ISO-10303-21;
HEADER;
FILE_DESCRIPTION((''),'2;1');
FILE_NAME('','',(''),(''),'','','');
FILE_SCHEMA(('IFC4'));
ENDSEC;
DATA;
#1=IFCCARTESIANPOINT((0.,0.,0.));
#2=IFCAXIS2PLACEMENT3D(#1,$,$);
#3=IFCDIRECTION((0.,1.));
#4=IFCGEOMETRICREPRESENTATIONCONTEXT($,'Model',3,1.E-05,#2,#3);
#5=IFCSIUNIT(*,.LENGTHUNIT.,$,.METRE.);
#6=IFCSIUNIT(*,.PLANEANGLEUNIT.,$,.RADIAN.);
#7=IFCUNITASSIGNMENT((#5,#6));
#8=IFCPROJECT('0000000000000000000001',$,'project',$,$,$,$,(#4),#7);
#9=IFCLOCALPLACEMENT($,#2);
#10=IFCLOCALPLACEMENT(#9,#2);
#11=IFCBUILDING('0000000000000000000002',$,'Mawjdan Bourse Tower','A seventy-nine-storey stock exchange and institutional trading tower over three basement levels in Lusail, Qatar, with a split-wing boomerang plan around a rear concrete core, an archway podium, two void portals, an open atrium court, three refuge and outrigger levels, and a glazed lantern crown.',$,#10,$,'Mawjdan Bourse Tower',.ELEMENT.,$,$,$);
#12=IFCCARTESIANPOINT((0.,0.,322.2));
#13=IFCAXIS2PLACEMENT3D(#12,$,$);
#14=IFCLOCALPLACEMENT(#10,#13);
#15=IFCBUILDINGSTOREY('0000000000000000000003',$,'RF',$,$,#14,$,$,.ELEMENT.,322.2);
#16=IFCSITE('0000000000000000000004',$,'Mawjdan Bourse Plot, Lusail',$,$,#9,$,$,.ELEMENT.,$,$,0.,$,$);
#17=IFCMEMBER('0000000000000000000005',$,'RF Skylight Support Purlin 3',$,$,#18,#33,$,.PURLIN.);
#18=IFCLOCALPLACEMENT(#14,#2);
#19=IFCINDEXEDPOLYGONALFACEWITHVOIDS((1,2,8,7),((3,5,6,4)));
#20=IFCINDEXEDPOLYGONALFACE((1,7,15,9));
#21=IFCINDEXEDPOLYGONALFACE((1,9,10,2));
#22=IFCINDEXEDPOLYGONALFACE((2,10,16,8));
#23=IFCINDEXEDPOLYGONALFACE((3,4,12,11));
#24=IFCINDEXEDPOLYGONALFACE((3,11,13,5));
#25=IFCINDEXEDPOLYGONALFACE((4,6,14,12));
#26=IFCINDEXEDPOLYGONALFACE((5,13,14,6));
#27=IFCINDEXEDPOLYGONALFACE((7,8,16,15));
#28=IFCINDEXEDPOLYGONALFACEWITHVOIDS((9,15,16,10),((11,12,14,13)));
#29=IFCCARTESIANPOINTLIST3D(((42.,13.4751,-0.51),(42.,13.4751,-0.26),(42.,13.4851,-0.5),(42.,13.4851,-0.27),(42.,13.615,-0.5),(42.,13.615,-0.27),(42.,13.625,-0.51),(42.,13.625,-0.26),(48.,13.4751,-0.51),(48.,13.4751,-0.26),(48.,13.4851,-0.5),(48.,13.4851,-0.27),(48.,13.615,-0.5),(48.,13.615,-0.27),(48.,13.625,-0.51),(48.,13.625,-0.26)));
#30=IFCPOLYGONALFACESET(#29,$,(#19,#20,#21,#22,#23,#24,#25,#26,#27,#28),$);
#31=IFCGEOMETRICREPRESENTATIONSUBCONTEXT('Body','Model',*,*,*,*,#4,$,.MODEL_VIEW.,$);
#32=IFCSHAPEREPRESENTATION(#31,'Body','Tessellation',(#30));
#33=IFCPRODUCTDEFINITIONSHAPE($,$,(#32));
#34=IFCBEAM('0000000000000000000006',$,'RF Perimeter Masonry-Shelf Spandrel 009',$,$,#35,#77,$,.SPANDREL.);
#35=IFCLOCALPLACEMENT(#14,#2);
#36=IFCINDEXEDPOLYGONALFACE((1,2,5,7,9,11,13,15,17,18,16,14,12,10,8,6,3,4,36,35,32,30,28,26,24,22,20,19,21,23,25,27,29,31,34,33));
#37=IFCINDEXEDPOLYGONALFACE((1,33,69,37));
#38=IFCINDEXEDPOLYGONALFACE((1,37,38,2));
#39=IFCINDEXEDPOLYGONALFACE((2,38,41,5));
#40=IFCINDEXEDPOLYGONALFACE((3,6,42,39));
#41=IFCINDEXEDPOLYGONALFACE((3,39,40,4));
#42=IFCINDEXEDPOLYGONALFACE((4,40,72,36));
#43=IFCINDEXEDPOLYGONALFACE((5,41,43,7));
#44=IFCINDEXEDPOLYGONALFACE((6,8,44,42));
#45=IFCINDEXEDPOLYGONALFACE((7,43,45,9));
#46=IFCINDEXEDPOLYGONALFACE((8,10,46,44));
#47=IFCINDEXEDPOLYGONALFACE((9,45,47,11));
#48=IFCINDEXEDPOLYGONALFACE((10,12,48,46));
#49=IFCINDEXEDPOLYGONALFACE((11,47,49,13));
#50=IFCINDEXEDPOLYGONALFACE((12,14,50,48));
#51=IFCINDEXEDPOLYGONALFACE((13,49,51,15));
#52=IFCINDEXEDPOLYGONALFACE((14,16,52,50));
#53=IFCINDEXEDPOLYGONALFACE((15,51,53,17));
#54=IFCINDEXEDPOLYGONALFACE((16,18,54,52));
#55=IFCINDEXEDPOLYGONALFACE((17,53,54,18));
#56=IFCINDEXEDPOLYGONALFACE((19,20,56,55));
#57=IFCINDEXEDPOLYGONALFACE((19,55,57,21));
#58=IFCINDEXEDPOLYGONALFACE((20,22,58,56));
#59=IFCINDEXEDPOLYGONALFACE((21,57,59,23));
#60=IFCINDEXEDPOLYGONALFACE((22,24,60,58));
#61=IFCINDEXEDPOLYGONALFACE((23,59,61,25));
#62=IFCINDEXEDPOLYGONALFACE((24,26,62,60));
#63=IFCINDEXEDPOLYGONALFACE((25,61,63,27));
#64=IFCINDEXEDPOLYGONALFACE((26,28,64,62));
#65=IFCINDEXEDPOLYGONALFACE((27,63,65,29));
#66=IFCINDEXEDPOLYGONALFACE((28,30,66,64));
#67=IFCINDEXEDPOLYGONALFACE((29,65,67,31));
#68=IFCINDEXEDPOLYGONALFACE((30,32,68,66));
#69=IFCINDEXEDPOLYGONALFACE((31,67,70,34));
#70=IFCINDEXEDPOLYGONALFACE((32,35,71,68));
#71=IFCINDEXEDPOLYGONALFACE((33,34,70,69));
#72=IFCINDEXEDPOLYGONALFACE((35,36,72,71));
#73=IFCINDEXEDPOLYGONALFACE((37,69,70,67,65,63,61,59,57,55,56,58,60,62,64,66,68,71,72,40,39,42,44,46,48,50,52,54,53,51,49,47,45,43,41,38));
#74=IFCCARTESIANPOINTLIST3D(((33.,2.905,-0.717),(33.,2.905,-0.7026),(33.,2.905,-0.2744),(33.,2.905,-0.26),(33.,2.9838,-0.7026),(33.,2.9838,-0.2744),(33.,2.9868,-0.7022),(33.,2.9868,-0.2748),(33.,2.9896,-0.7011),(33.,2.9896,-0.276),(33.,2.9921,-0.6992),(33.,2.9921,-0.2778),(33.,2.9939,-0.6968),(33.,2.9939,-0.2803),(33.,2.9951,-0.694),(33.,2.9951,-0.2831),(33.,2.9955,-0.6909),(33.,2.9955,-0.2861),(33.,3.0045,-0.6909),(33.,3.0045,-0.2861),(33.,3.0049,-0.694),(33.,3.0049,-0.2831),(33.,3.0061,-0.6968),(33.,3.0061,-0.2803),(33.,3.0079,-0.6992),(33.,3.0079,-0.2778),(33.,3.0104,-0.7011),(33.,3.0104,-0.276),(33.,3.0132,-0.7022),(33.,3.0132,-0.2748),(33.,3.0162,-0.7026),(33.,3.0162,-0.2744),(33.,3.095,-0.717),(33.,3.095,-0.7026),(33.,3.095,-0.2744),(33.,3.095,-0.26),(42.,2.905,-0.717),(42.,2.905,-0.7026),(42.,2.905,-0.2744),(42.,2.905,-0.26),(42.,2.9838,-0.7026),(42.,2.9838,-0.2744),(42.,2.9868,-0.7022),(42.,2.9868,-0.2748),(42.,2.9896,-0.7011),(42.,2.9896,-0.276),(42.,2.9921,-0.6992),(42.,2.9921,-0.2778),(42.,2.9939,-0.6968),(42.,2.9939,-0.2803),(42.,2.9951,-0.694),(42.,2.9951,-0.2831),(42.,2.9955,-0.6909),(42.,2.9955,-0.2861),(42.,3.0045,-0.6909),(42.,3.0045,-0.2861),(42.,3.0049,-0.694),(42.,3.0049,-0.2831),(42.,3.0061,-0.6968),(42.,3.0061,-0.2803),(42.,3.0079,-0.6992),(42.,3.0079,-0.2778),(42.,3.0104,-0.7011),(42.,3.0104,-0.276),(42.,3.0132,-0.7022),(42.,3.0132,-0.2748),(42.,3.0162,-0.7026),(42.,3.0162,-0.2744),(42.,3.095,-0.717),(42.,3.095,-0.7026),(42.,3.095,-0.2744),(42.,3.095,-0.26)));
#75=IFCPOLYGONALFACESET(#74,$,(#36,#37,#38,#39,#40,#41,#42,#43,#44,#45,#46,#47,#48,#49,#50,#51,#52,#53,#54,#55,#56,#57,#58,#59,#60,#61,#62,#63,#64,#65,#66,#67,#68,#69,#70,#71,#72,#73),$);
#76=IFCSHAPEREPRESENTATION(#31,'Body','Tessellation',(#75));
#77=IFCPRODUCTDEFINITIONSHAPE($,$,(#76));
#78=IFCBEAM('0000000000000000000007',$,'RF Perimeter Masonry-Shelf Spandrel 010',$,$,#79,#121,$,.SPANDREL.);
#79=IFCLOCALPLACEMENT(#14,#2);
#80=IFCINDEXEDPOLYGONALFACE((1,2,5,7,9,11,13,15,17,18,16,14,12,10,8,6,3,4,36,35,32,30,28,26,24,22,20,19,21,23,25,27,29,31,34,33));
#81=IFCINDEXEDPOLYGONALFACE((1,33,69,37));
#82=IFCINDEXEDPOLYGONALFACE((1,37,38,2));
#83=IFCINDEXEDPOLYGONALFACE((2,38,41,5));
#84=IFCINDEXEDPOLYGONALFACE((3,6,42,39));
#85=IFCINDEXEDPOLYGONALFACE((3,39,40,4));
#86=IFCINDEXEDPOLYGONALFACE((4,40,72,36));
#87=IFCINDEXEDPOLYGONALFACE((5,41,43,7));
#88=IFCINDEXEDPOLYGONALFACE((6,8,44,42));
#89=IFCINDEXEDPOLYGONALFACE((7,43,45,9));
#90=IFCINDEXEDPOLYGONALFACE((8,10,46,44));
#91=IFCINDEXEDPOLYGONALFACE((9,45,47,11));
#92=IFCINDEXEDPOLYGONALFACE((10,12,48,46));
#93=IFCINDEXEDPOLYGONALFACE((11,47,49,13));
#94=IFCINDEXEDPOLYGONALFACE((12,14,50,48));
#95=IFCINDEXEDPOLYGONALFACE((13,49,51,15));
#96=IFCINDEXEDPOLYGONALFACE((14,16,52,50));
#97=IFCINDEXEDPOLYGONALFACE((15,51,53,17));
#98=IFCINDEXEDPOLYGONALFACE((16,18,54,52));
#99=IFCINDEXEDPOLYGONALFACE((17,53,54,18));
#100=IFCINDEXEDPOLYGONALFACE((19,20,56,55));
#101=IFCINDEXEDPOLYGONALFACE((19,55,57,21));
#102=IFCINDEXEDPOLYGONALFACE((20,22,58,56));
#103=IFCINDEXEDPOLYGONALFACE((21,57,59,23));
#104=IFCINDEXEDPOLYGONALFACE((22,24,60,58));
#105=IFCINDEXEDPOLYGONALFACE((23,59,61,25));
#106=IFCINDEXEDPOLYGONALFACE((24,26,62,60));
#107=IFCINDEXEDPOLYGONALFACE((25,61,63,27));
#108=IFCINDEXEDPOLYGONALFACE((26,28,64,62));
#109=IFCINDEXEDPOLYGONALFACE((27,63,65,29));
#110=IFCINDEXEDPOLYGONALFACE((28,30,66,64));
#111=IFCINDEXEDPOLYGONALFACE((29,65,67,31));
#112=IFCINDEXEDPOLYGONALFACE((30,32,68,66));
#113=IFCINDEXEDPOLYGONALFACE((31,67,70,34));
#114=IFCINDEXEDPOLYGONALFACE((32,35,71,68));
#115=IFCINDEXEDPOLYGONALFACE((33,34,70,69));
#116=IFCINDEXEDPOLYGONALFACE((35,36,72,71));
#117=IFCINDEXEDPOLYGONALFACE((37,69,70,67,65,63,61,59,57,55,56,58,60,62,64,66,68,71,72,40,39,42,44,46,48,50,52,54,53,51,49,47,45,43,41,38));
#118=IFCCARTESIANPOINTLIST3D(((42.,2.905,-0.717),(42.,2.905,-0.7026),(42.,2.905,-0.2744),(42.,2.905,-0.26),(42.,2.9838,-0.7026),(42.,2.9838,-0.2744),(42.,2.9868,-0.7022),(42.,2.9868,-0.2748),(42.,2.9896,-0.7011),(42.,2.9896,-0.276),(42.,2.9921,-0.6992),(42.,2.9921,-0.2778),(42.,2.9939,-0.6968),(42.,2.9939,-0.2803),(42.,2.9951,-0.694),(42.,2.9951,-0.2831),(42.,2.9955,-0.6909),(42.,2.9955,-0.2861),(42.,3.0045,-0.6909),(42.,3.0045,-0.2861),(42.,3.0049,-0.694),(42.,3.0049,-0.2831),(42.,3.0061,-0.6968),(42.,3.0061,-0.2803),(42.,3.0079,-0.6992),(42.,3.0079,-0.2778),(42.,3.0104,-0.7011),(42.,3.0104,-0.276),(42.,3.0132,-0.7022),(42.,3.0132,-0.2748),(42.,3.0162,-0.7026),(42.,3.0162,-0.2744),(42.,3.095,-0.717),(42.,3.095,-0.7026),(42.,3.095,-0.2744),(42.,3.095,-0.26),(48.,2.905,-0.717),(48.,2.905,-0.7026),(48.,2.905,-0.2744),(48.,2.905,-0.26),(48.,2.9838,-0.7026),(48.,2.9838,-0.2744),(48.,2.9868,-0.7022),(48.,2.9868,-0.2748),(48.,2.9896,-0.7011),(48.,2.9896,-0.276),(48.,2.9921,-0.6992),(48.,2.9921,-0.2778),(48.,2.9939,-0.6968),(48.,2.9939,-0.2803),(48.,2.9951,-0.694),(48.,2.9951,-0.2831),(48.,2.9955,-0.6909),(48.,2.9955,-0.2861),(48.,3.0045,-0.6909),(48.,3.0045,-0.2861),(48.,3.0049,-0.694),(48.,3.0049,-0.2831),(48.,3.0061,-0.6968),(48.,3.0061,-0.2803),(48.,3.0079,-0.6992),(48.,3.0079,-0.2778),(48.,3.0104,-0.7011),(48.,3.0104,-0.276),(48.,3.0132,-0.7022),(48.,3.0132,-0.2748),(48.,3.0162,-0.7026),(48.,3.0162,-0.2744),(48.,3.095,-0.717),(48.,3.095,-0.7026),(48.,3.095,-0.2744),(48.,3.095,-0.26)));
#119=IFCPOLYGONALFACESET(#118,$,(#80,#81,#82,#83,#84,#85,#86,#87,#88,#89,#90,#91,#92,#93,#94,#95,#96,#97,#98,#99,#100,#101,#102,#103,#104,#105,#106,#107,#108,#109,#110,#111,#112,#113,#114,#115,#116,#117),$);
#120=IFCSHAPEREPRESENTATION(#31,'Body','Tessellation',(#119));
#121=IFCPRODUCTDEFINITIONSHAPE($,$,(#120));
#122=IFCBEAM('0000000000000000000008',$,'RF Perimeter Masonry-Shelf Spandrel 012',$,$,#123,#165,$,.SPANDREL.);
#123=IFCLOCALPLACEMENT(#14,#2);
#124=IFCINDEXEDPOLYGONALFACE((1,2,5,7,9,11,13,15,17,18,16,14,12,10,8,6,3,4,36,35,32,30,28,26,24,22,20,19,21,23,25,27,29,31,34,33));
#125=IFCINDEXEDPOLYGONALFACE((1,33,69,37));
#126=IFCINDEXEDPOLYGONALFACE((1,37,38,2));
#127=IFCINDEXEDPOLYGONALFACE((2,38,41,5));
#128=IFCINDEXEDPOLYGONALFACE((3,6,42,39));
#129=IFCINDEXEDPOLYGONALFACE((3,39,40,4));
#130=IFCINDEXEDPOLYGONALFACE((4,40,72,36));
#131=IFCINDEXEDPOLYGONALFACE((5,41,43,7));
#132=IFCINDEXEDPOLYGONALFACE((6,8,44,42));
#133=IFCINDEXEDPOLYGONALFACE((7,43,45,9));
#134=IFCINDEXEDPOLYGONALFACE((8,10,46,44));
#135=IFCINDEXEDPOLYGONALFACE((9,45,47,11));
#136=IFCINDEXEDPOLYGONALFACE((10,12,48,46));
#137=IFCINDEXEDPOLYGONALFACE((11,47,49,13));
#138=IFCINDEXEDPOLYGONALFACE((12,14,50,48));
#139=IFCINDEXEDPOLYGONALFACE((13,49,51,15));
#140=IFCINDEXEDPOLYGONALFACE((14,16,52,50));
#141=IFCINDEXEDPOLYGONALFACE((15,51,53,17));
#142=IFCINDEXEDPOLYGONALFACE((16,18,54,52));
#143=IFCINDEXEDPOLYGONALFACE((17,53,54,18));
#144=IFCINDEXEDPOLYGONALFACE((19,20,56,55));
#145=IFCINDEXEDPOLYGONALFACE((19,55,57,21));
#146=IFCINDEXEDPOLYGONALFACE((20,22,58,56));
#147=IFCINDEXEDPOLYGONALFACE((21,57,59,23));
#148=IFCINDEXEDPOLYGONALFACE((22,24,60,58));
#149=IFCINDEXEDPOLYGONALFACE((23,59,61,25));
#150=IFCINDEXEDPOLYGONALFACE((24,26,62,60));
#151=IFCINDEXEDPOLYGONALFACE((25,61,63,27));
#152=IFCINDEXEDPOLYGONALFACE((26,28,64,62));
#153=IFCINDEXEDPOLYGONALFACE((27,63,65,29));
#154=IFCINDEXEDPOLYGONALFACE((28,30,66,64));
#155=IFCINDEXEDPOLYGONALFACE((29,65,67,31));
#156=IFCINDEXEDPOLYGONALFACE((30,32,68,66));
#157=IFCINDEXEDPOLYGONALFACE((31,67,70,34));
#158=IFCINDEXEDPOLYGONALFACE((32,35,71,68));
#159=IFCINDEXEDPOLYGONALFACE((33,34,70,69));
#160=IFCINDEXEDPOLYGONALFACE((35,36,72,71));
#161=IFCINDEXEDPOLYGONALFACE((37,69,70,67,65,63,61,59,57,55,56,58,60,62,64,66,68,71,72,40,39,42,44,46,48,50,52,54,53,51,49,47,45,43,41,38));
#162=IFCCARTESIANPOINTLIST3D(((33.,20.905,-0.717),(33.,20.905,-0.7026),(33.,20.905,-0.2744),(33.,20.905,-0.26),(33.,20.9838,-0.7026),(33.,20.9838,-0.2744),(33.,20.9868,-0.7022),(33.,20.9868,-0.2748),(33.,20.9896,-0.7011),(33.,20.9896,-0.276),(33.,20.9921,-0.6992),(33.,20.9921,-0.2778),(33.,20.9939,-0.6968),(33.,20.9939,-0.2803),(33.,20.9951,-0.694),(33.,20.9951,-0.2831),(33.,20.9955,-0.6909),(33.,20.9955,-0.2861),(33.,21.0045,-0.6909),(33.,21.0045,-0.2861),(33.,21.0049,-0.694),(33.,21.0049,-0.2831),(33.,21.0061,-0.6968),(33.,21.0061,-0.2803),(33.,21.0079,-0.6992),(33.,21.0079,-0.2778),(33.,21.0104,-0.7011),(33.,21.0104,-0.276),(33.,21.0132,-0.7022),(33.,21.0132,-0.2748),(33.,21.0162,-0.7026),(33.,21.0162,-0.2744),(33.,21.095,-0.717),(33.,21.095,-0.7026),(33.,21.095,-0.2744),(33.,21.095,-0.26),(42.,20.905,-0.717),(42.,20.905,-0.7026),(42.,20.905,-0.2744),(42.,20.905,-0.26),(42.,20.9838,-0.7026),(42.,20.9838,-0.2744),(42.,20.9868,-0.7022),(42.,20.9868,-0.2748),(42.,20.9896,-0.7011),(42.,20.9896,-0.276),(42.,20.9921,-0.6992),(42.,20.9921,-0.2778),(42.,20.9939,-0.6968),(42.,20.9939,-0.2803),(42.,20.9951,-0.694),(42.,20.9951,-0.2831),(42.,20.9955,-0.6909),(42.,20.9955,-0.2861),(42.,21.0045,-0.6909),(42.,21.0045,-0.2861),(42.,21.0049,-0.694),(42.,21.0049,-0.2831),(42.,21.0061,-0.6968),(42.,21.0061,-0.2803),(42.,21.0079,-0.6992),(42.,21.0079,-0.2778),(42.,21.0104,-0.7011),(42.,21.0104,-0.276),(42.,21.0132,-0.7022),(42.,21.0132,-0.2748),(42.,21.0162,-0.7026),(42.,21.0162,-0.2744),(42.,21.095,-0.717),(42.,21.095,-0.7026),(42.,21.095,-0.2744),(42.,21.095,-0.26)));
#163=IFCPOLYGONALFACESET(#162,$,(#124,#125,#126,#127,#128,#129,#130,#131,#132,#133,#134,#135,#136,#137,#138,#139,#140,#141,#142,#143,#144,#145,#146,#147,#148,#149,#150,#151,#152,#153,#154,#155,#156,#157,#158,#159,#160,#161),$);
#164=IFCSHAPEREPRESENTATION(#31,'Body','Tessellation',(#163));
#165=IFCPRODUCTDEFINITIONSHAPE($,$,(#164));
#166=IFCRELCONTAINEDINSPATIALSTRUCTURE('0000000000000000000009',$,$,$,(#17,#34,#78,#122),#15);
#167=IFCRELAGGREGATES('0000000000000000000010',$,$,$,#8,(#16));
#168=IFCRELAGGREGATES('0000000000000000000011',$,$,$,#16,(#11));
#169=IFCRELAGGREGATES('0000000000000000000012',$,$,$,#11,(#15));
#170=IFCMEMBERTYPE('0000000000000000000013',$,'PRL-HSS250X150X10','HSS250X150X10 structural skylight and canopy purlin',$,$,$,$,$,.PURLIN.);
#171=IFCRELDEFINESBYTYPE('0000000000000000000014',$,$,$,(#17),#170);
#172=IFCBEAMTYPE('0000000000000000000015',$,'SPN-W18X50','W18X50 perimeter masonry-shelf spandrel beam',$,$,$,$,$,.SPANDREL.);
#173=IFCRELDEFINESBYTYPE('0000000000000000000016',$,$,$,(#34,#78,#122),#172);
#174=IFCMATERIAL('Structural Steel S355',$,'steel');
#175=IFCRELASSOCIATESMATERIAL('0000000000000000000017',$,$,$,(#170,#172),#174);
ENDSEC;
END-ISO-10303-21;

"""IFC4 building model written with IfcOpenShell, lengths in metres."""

from ifc_helpers import new_model, si_unit, direction, frame, origin, origin_2d, place, context, subcontext, project, spatial, hollow_rectangle, i_section, extrude, material, material_profile, profile_set, type_object, element, save


model = new_model("IFC4")

# Units and contexts
model_context = context("Model", 3, precision=1e-05, world=origin(), true_north=direction((0.0, 1.0)))
body_context = subcontext(model_context, "Body", "Model", "MODEL_VIEW")
ifc_project = project(units=[si_unit("LENGTHUNIT", "METRE"), si_unit("PLANEANGLEUNIT", "RADIAN")], contexts=[model_context])

# Site, building, storey
site_placement = place(None, origin())
site = spatial("IfcSite", under=ifc_project, at=site_placement, Name="Mawjdan Bourse Plot, Lusail", CompositionType="ELEMENT", RefElevation=0.0)
building_placement = place(site_placement, origin())
building = spatial("IfcBuilding", under=site, at=building_placement, Name="Mawjdan Bourse Tower", Description="A seventy-nine-storey stock exchange and institutional trading tower over three basement levels in Lusail, Qatar, with a split-wing boomerang plan around a rear concrete core, an archway podium, two void portals, an open atrium court, three refuge and outrigger levels, and a glazed lantern crown.", LongName="Mawjdan Bourse Tower", CompositionType="ELEMENT")
storey_placement = place(building_placement, frame((0.0, 0.0, 322.2)))
storey = spatial("IfcBuildingStorey", under=building, at=storey_placement, Name="RF", CompositionType="ELEMENT", Elevation=322.2)

# Shared definitions
ifc_material_1 = material(Name="Structural Steel S355", Category="steel")

# Member
ifc_material_profile_1 = material_profile(ifc_material_1, hollow_rectangle(XDim=0.1499, YDim=0.25, WallThickness=0.01, at=origin_2d()), Name="HSS250X150X10")
ifc_profile_set_1 = profile_set([ifc_material_profile_1], Name="Structural Steel S355")
member_type_1 = type_object("IfcMemberType", Name="PRL-HSS250X150X10", Description="HSS250X150X10 structural skylight and canopy purlin", PredefinedType="PURLIN", material=ifc_profile_set_1)
member_1_placement = place(storey_placement, frame((42.0, 13.55, -0.385), z_axis=(1.0, 0.0, 0.0), x_axis=(0.0, 1.0, 0.0)))
element("IfcMember", 1, at=member_1_placement, inside=storey, type_object=member_type_1, Name="RF Skylight Support Purlin 3", PredefinedType="PURLIN", context=body_context, shape_type="SweptSolid", body=[
    extrude(hollow_rectangle(XDim=0.1499, YDim=0.25, WallThickness=0.01, at=origin_2d()), origin(), (0.0, 0.0, 1.0), 6.0),
])

# Beams
ifc_material_profile_2 = material_profile(ifc_material_1, i_section(OverallWidth=0.1899, OverallDepth=0.457, WebThickness=0.009, FlangeThickness=0.0144, FilletRadius=0.0117, at=origin_2d()), Name="W18X50")
ifc_profile_set_2 = profile_set([ifc_material_profile_2], Name="Structural Steel S355")
beam_type_1 = type_object("IfcBeamType", Name="SPN-W18X50", Description="W18X50 perimeter masonry-shelf spandrel beam", PredefinedType="SPANDREL", material=ifc_profile_set_2)
beam_1_placement = place(storey_placement, frame((33.0, 3.0, -0.4885), z_axis=(1.0, 0.0, 0.0), x_axis=(0.0, 1.0, 0.0)))
element("IfcBeam", 2, at=beam_1_placement, inside=storey, type_object=beam_type_1, Name="RF Perimeter Masonry-Shelf Spandrel 009", PredefinedType="SPANDREL", context=body_context, shape_type="SweptSolid", body=[
    extrude(i_section(OverallWidth=0.1899, OverallDepth=0.457, WebThickness=0.009, FlangeThickness=0.0144, FilletRadius=0.0117, at=origin_2d()), origin(), (0.0, 0.0, 1.0), 9.0),
])
beam_2_placement = place(storey_placement, frame((42.0, 3.0, -0.4885), z_axis=(1.0, 0.0, 0.0), x_axis=(0.0, 1.0, 0.0)))
element("IfcBeam", 3, at=beam_2_placement, inside=storey, type_object=beam_type_1, Name="RF Perimeter Masonry-Shelf Spandrel 010", PredefinedType="SPANDREL", context=body_context, shape_type="SweptSolid", body=[
    extrude(i_section(OverallWidth=0.1899, OverallDepth=0.457, WebThickness=0.009, FlangeThickness=0.0144, FilletRadius=0.0117, at=origin_2d()), origin(), (0.0, 0.0, 1.0), 6.0),
])
beam_3_placement = place(storey_placement, frame((33.0, 21.0, -0.4885), z_axis=(1.0, 0.0, 0.0), x_axis=(0.0, 1.0, 0.0)))
element("IfcBeam", 4, at=beam_3_placement, inside=storey, type_object=beam_type_1, Name="RF Perimeter Masonry-Shelf Spandrel 012", PredefinedType="SPANDREL", context=body_context, shape_type="SweptSolid", body=[
    extrude(i_section(OverallWidth=0.1899, OverallDepth=0.457, WebThickness=0.009, FlangeThickness=0.0144, FilletRadius=0.0117, at=origin_2d()), origin(), (0.0, 0.0, 1.0), 9.0),
])

save(model, "model.ifc")
